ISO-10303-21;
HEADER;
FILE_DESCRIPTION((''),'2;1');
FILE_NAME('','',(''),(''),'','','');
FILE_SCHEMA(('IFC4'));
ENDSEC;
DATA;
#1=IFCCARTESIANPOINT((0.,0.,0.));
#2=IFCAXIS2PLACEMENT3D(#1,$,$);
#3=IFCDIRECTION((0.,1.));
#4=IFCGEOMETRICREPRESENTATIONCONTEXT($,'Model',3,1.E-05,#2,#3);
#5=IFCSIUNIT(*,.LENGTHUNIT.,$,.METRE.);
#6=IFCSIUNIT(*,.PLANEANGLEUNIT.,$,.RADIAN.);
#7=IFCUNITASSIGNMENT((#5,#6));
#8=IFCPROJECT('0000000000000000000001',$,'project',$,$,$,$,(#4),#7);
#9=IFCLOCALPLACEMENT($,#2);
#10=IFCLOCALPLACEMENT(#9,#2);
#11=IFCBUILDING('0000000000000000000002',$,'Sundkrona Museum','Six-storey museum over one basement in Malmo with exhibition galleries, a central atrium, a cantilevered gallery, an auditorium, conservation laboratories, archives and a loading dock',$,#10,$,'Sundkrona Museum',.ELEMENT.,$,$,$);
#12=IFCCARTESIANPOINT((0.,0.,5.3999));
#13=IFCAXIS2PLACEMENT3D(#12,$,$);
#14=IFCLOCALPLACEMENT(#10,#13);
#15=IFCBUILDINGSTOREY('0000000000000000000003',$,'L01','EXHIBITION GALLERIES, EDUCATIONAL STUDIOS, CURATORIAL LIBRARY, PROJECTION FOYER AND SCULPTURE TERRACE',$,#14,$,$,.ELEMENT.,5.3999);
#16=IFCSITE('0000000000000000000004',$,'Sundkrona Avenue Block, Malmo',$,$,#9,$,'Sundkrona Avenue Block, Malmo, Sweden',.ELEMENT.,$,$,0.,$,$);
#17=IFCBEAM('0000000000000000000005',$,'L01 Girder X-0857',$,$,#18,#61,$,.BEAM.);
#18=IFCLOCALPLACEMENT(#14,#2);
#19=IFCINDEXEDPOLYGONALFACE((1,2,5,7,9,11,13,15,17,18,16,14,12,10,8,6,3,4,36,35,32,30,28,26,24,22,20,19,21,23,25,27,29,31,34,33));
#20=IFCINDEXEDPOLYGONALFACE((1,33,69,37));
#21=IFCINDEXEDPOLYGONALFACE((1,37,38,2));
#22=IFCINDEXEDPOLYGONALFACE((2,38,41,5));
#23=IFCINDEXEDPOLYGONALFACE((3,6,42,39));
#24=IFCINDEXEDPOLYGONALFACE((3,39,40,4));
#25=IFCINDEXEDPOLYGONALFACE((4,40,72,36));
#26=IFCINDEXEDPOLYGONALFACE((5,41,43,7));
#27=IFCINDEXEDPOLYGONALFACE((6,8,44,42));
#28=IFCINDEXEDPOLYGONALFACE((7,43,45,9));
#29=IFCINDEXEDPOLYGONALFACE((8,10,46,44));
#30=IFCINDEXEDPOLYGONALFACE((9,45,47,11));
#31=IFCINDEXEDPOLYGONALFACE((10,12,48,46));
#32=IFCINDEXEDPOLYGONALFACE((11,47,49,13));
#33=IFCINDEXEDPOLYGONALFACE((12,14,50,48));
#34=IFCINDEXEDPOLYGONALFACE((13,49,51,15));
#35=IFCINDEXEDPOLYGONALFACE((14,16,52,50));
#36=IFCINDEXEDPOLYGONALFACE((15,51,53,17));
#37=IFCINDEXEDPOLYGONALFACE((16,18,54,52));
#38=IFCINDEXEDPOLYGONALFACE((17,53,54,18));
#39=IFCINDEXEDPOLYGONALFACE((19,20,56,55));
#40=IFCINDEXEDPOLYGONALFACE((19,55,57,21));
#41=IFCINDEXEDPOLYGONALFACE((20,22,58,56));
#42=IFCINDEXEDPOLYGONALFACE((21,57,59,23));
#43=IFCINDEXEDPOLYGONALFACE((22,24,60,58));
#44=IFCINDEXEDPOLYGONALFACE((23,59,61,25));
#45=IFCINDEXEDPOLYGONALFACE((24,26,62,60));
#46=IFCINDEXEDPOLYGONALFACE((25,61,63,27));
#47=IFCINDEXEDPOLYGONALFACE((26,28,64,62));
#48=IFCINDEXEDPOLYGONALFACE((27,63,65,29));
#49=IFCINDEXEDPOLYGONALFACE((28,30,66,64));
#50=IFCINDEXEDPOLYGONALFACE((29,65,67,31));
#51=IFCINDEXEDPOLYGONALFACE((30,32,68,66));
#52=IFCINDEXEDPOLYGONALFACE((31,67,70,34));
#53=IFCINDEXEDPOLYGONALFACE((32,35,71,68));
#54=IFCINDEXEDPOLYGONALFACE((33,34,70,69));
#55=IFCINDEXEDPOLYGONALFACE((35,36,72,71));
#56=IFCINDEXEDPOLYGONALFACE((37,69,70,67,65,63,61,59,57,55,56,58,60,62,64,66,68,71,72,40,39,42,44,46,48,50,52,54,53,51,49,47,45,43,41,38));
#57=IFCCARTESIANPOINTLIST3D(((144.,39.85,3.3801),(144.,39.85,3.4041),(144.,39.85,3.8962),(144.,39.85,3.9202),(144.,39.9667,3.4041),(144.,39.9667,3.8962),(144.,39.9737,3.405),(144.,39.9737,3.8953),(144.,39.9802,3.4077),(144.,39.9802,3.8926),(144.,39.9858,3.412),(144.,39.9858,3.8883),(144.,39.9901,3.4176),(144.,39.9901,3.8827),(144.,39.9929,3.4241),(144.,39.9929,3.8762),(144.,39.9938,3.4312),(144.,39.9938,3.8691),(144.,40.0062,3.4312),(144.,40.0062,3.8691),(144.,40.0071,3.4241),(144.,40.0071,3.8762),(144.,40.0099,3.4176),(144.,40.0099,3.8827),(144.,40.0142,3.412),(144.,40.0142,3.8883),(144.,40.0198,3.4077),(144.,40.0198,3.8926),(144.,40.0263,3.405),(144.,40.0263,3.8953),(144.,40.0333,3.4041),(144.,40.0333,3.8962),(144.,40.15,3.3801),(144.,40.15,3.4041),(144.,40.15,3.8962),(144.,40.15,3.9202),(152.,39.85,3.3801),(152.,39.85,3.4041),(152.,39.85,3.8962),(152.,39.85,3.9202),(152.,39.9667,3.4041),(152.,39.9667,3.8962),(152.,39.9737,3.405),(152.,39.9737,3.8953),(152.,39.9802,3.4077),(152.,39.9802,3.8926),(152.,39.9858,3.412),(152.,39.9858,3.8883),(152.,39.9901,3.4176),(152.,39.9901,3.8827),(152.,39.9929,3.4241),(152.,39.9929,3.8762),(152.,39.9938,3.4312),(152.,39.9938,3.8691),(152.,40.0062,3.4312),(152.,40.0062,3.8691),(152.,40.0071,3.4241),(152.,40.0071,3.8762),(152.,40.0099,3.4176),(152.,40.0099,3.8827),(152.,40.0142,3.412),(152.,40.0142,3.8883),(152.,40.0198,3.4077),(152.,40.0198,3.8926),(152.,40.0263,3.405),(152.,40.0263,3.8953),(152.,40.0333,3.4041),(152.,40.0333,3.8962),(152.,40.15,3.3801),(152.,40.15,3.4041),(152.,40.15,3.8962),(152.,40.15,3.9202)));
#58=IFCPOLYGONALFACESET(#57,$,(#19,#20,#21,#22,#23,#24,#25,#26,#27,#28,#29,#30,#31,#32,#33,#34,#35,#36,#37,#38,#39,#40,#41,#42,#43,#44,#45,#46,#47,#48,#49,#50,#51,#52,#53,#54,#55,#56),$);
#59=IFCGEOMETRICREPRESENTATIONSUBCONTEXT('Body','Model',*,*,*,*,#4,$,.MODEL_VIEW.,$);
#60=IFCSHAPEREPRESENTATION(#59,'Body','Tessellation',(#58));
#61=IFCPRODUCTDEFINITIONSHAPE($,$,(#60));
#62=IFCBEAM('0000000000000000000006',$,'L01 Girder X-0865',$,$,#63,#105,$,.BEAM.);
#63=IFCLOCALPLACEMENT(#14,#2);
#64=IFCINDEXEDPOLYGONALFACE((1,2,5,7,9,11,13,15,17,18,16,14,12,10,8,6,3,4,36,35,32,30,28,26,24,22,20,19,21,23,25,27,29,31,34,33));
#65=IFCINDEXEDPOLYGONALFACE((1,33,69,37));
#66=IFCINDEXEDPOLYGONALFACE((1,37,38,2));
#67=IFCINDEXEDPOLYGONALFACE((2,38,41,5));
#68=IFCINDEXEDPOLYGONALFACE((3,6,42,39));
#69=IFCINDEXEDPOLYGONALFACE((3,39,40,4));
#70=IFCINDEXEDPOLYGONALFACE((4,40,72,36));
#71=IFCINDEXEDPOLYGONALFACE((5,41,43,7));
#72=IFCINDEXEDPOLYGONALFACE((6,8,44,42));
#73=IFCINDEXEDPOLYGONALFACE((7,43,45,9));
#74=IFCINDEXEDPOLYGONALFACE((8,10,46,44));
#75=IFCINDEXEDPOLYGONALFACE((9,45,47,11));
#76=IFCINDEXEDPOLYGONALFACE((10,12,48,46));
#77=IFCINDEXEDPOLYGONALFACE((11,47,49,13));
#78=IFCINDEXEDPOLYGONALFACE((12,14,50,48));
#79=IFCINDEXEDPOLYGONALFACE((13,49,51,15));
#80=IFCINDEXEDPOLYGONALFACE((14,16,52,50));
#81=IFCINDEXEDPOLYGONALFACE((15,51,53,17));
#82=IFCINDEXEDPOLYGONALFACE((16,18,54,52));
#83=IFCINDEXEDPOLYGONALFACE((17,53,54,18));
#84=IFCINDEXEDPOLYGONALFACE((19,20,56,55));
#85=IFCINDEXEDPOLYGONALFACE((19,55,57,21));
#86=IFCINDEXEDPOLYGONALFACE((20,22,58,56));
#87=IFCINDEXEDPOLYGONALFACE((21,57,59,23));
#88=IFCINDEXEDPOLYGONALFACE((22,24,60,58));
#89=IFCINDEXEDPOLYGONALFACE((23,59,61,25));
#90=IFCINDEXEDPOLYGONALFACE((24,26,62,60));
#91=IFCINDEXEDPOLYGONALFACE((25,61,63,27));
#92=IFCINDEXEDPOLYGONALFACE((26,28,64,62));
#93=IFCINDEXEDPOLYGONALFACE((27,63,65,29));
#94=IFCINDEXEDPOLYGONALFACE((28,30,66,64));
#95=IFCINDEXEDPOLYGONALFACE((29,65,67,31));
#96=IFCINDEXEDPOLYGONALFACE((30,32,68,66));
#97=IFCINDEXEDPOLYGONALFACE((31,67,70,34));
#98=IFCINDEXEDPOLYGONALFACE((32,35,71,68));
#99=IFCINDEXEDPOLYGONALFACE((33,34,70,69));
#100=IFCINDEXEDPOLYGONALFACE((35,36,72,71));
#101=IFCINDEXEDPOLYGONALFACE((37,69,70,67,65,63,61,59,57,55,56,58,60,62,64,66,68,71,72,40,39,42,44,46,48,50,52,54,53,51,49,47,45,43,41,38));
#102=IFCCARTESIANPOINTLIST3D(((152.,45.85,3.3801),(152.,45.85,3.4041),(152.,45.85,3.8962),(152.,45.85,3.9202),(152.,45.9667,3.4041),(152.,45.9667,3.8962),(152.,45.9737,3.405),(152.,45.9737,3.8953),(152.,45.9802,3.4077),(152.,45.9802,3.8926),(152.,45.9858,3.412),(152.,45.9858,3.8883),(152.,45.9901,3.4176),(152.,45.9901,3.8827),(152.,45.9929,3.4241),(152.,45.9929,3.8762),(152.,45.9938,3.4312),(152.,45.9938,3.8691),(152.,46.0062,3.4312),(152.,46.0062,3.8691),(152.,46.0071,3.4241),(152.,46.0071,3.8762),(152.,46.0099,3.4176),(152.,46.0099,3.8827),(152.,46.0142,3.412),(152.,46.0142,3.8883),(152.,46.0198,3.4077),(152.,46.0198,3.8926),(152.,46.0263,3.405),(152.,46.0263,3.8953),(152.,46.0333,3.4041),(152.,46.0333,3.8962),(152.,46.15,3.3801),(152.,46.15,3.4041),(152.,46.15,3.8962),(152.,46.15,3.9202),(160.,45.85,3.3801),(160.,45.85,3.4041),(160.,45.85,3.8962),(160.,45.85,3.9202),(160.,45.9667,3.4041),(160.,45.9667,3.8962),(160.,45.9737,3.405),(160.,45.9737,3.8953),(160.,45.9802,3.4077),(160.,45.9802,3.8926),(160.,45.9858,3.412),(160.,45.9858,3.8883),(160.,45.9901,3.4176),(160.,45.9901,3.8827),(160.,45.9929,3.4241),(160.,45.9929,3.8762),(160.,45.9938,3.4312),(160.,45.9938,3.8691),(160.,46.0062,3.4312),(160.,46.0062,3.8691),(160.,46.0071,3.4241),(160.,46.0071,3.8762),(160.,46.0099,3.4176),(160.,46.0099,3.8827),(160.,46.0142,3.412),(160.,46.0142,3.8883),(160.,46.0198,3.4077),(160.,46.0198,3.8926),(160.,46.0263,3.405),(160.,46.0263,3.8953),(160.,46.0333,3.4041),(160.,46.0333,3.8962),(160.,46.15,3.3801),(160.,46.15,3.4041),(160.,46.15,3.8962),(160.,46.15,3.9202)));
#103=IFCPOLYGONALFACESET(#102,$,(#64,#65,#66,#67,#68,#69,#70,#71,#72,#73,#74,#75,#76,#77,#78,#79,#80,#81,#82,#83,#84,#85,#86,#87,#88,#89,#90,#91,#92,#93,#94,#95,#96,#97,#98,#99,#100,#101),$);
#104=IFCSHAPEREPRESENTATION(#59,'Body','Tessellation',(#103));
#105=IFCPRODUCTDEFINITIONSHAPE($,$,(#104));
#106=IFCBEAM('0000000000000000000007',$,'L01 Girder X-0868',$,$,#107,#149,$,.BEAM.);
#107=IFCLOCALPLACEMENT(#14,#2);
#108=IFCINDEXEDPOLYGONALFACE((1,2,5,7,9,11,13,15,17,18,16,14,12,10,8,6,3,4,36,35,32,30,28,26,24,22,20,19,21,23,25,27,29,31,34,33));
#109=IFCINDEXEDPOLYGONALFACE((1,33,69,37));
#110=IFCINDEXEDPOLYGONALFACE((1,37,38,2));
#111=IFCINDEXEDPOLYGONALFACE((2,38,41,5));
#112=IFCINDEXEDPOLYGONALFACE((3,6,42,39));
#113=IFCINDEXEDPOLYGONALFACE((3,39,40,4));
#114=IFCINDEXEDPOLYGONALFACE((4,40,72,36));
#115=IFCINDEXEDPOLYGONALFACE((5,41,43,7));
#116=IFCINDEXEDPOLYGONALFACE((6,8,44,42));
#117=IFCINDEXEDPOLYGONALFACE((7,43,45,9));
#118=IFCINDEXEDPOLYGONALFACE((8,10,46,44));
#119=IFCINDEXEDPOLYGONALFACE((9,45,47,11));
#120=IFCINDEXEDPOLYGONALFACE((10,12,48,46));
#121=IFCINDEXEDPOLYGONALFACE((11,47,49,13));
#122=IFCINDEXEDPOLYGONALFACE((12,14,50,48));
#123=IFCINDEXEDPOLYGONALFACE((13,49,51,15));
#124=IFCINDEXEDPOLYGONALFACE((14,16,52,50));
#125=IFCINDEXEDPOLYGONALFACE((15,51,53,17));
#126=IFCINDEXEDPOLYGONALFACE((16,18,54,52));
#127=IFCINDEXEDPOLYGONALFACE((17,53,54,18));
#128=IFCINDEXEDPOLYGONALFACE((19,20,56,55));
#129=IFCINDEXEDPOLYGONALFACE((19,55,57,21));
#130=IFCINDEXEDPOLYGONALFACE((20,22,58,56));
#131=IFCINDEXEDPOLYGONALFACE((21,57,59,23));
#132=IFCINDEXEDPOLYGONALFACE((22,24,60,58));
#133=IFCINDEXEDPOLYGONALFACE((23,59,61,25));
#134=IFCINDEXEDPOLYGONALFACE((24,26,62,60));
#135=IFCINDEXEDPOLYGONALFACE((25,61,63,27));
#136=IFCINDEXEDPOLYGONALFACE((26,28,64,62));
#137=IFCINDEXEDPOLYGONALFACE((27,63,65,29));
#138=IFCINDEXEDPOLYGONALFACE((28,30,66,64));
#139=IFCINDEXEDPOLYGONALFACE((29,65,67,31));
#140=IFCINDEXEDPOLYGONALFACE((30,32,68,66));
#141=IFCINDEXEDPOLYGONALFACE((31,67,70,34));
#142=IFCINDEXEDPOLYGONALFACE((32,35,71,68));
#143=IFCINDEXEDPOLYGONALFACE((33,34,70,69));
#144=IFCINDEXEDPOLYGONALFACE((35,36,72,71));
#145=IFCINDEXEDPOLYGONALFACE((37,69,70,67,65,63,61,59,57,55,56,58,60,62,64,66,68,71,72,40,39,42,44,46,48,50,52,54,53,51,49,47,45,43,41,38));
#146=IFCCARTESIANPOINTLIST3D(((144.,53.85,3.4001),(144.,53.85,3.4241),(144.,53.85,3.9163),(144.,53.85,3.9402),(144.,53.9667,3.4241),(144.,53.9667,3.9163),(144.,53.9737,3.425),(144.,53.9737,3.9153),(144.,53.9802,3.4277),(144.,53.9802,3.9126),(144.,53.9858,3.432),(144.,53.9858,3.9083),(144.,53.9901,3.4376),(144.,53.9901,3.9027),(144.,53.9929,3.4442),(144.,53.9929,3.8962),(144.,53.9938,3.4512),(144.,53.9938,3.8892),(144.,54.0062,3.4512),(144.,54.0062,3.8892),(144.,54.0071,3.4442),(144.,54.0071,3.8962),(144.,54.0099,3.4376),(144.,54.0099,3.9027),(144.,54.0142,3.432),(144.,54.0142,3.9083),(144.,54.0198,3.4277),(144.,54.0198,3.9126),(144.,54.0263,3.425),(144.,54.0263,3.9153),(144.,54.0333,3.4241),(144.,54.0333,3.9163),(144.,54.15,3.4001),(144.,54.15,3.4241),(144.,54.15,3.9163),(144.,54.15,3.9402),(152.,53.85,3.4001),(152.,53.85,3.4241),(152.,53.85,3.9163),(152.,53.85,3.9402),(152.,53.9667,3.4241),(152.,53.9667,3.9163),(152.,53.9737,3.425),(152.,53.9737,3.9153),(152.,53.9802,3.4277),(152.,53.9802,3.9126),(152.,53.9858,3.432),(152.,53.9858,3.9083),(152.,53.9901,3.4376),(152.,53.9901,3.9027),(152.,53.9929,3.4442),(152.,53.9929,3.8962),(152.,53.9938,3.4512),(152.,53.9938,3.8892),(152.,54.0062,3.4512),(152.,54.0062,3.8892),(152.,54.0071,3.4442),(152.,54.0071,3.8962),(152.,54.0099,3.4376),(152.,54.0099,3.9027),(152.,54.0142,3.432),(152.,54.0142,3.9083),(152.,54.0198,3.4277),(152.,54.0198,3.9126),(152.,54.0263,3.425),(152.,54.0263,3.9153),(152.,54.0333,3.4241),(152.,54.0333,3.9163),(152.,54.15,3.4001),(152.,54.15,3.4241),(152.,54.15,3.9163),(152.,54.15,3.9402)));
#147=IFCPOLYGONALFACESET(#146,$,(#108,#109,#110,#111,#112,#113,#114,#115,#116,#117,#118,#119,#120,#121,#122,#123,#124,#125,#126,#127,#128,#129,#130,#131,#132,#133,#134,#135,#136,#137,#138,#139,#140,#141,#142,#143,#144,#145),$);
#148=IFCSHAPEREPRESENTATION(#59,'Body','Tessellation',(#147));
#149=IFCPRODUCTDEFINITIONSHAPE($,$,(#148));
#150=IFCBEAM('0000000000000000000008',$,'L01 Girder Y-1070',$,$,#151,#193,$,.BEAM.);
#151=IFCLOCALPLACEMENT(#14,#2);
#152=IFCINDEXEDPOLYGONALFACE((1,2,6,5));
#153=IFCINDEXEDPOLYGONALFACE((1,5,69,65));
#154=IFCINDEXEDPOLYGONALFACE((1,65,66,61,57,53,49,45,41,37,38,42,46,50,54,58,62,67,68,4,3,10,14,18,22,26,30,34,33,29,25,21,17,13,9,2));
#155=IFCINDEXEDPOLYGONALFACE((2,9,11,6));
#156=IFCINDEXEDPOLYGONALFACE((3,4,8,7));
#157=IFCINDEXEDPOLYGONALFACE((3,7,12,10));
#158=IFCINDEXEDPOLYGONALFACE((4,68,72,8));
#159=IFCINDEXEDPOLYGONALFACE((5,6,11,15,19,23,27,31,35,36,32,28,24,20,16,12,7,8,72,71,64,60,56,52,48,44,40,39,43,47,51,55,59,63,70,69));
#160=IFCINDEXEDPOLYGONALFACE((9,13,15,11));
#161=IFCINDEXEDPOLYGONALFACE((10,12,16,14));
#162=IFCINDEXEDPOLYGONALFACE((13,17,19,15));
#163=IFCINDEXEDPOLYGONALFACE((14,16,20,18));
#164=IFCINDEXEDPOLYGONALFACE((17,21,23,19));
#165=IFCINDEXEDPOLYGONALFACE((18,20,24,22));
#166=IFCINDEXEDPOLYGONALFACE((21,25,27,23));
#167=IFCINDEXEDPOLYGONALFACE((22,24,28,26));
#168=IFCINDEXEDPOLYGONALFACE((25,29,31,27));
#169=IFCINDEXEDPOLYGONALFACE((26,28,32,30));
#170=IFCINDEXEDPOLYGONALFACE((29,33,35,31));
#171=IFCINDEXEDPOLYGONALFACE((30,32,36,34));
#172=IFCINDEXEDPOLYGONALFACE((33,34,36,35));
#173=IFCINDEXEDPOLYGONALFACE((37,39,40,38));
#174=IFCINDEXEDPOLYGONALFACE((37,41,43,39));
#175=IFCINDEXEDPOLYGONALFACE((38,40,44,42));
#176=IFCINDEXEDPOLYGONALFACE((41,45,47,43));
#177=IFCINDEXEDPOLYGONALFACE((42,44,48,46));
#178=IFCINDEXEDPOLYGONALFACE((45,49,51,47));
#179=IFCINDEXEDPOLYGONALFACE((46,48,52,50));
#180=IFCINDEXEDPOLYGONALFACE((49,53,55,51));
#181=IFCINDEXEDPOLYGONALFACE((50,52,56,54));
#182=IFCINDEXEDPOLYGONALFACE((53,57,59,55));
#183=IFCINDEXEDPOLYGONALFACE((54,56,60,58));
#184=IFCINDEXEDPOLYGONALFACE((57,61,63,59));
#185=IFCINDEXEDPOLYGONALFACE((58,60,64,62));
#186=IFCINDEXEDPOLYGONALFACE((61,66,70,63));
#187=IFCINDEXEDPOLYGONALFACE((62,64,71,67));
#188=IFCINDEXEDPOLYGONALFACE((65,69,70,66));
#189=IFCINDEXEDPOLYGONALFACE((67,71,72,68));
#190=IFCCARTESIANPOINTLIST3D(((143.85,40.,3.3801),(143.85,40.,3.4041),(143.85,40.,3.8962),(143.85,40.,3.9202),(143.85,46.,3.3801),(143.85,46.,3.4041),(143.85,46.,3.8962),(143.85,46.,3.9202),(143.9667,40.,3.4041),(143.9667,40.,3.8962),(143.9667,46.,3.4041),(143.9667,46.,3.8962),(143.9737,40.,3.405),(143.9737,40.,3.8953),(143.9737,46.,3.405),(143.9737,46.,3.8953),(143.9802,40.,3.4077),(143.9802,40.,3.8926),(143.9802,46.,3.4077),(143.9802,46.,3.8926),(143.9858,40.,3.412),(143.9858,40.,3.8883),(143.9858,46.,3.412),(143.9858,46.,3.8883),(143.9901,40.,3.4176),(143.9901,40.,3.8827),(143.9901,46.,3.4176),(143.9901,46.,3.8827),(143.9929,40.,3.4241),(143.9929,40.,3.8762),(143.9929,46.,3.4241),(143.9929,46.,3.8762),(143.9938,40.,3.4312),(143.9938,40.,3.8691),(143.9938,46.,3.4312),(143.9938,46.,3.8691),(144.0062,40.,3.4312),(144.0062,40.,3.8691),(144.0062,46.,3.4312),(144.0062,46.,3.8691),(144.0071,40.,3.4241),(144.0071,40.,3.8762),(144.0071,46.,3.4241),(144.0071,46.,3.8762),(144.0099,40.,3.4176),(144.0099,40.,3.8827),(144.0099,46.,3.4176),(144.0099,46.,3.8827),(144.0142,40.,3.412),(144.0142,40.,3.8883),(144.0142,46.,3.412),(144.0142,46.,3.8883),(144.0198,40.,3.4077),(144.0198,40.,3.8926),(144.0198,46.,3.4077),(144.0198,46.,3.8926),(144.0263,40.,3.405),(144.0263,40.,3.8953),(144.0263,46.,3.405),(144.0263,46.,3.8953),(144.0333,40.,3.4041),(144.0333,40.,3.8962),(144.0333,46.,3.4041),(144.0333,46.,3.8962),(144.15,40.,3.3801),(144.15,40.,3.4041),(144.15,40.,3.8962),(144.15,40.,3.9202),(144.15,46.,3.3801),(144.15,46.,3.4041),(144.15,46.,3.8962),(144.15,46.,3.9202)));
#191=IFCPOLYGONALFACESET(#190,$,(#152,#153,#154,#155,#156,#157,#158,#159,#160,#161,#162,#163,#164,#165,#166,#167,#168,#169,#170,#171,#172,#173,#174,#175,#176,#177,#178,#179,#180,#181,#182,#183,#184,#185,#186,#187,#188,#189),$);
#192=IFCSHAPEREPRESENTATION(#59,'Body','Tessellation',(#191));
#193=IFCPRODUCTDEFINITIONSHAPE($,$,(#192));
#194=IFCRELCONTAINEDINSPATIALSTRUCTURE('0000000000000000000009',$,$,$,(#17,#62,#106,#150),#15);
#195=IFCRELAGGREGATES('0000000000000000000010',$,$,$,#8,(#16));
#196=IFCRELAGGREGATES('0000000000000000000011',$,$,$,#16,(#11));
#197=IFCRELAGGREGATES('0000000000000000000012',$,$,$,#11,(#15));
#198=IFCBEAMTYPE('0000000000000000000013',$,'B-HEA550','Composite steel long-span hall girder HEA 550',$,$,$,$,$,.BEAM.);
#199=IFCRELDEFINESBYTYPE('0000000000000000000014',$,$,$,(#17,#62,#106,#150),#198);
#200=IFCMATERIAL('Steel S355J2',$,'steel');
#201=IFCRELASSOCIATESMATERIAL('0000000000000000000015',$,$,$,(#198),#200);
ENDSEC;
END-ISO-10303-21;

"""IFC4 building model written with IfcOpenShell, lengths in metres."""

from ifc_helpers import new_model, si_unit, direction, frame, origin, origin_2d, place, context, subcontext, project, spatial, i_section, extrude, material, material_profile, profile_set, type_object, element, save


model = new_model("IFC4")

# Units and contexts
model_context = context("Model", 3, precision=1e-05, world=origin(), true_north=direction((0.0, 1.0)))
body_context = subcontext(model_context, "Body", "Model", "MODEL_VIEW")
ifc_project = project(units=[si_unit("LENGTHUNIT", "METRE"), si_unit("PLANEANGLEUNIT", "RADIAN")], contexts=[model_context])

# Site, building, storey
site_placement = place(None, origin())
site = spatial("IfcSite", under=ifc_project, at=site_placement, Name="Sundkrona Avenue Block, Malmo", LongName="Sundkrona Avenue Block, Malmo, Sweden", CompositionType="ELEMENT", RefElevation=0.0)
building_placement = place(site_placement, origin())
building = spatial("IfcBuilding", under=site, at=building_placement, Name="Sundkrona Museum", Description="Six-storey museum over one basement in Malmo with exhibition galleries, a central atrium, a cantilevered gallery, an auditorium, conservation laboratories, archives and a loading dock", LongName="Sundkrona Museum", CompositionType="ELEMENT")
storey_placement = place(building_placement, frame((0.0, 0.0, 5.3999)))
storey = spatial("IfcBuildingStorey", under=building, at=storey_placement, Name="L01", Description="EXHIBITION GALLERIES, EDUCATIONAL STUDIOS, CURATORIAL LIBRARY, PROJECTION FOYER AND SCULPTURE TERRACE", CompositionType="ELEMENT", Elevation=5.3999)

# Shared definitions
ifc_material_1 = material(Name="Steel S355J2", Category="steel")

# Beams
ifc_material_profile_1 = material_profile(ifc_material_1, i_section(OverallWidth=0.3, OverallDepth=0.54, WebThickness=0.0125, FlangeThickness=0.0239, FilletRadius=0.0271, at=origin_2d()), Name="HEA 550")
ifc_profile_set_1 = profile_set([ifc_material_profile_1], Name="Steel S355J2")
beam_type_1 = type_object("IfcBeamType", Name="B-HEA550", Description="Composite steel long-span hall girder HEA 550", PredefinedType="BEAM", material=ifc_profile_set_1)
for number, where, z_axis, x_axis, name in (
    (1, (144.0, 40.0, 3.6501), (1.0, 0.0, 0.0), (0.0, 1.0, 0.0), "L01 Girder X-0857"),
    (2, (152.0, 46.0, 3.6501), (1.0, 0.0, 0.0), (0.0, 1.0, 0.0), "L01 Girder X-0865"),
    (3, (144.0, 54.0, 3.6702), (1.0, 0.0, 0.0), (0.0, 1.0, 0.0), "L01 Girder X-0868"),
):
    element("IfcBeam", number, at=place(storey_placement, frame(where, z_axis=z_axis, x_axis=x_axis)), inside=storey, type_object=beam_type_1, Name=name, PredefinedType="BEAM", context=body_context, shape_type="SweptSolid", body=[
        extrude(i_section(OverallWidth=0.3, OverallDepth=0.54, WebThickness=0.0125, FlangeThickness=0.0239, FilletRadius=0.0271, at=origin_2d()), origin(), (0.0, 0.0, 1.0), 8.0),
    ])
beam_1_placement = place(storey_placement, frame((144.0, 40.0, 3.6501), z_axis=(0.0, 1.0, 0.0), x_axis=(-1.0, 0.0, 0.0)))
element("IfcBeam", 4, at=beam_1_placement, inside=storey, type_object=beam_type_1, Name="L01 Girder Y-1070", PredefinedType="BEAM", context=body_context, shape_type="SweptSolid", body=[
    extrude(i_section(OverallWidth=0.3, OverallDepth=0.54, WebThickness=0.0125, FlangeThickness=0.0239, FilletRadius=0.0271, at=origin_2d()), origin(), (0.0, 0.0, 1.0), 6.0),
])

save(model, "model.ifc")
